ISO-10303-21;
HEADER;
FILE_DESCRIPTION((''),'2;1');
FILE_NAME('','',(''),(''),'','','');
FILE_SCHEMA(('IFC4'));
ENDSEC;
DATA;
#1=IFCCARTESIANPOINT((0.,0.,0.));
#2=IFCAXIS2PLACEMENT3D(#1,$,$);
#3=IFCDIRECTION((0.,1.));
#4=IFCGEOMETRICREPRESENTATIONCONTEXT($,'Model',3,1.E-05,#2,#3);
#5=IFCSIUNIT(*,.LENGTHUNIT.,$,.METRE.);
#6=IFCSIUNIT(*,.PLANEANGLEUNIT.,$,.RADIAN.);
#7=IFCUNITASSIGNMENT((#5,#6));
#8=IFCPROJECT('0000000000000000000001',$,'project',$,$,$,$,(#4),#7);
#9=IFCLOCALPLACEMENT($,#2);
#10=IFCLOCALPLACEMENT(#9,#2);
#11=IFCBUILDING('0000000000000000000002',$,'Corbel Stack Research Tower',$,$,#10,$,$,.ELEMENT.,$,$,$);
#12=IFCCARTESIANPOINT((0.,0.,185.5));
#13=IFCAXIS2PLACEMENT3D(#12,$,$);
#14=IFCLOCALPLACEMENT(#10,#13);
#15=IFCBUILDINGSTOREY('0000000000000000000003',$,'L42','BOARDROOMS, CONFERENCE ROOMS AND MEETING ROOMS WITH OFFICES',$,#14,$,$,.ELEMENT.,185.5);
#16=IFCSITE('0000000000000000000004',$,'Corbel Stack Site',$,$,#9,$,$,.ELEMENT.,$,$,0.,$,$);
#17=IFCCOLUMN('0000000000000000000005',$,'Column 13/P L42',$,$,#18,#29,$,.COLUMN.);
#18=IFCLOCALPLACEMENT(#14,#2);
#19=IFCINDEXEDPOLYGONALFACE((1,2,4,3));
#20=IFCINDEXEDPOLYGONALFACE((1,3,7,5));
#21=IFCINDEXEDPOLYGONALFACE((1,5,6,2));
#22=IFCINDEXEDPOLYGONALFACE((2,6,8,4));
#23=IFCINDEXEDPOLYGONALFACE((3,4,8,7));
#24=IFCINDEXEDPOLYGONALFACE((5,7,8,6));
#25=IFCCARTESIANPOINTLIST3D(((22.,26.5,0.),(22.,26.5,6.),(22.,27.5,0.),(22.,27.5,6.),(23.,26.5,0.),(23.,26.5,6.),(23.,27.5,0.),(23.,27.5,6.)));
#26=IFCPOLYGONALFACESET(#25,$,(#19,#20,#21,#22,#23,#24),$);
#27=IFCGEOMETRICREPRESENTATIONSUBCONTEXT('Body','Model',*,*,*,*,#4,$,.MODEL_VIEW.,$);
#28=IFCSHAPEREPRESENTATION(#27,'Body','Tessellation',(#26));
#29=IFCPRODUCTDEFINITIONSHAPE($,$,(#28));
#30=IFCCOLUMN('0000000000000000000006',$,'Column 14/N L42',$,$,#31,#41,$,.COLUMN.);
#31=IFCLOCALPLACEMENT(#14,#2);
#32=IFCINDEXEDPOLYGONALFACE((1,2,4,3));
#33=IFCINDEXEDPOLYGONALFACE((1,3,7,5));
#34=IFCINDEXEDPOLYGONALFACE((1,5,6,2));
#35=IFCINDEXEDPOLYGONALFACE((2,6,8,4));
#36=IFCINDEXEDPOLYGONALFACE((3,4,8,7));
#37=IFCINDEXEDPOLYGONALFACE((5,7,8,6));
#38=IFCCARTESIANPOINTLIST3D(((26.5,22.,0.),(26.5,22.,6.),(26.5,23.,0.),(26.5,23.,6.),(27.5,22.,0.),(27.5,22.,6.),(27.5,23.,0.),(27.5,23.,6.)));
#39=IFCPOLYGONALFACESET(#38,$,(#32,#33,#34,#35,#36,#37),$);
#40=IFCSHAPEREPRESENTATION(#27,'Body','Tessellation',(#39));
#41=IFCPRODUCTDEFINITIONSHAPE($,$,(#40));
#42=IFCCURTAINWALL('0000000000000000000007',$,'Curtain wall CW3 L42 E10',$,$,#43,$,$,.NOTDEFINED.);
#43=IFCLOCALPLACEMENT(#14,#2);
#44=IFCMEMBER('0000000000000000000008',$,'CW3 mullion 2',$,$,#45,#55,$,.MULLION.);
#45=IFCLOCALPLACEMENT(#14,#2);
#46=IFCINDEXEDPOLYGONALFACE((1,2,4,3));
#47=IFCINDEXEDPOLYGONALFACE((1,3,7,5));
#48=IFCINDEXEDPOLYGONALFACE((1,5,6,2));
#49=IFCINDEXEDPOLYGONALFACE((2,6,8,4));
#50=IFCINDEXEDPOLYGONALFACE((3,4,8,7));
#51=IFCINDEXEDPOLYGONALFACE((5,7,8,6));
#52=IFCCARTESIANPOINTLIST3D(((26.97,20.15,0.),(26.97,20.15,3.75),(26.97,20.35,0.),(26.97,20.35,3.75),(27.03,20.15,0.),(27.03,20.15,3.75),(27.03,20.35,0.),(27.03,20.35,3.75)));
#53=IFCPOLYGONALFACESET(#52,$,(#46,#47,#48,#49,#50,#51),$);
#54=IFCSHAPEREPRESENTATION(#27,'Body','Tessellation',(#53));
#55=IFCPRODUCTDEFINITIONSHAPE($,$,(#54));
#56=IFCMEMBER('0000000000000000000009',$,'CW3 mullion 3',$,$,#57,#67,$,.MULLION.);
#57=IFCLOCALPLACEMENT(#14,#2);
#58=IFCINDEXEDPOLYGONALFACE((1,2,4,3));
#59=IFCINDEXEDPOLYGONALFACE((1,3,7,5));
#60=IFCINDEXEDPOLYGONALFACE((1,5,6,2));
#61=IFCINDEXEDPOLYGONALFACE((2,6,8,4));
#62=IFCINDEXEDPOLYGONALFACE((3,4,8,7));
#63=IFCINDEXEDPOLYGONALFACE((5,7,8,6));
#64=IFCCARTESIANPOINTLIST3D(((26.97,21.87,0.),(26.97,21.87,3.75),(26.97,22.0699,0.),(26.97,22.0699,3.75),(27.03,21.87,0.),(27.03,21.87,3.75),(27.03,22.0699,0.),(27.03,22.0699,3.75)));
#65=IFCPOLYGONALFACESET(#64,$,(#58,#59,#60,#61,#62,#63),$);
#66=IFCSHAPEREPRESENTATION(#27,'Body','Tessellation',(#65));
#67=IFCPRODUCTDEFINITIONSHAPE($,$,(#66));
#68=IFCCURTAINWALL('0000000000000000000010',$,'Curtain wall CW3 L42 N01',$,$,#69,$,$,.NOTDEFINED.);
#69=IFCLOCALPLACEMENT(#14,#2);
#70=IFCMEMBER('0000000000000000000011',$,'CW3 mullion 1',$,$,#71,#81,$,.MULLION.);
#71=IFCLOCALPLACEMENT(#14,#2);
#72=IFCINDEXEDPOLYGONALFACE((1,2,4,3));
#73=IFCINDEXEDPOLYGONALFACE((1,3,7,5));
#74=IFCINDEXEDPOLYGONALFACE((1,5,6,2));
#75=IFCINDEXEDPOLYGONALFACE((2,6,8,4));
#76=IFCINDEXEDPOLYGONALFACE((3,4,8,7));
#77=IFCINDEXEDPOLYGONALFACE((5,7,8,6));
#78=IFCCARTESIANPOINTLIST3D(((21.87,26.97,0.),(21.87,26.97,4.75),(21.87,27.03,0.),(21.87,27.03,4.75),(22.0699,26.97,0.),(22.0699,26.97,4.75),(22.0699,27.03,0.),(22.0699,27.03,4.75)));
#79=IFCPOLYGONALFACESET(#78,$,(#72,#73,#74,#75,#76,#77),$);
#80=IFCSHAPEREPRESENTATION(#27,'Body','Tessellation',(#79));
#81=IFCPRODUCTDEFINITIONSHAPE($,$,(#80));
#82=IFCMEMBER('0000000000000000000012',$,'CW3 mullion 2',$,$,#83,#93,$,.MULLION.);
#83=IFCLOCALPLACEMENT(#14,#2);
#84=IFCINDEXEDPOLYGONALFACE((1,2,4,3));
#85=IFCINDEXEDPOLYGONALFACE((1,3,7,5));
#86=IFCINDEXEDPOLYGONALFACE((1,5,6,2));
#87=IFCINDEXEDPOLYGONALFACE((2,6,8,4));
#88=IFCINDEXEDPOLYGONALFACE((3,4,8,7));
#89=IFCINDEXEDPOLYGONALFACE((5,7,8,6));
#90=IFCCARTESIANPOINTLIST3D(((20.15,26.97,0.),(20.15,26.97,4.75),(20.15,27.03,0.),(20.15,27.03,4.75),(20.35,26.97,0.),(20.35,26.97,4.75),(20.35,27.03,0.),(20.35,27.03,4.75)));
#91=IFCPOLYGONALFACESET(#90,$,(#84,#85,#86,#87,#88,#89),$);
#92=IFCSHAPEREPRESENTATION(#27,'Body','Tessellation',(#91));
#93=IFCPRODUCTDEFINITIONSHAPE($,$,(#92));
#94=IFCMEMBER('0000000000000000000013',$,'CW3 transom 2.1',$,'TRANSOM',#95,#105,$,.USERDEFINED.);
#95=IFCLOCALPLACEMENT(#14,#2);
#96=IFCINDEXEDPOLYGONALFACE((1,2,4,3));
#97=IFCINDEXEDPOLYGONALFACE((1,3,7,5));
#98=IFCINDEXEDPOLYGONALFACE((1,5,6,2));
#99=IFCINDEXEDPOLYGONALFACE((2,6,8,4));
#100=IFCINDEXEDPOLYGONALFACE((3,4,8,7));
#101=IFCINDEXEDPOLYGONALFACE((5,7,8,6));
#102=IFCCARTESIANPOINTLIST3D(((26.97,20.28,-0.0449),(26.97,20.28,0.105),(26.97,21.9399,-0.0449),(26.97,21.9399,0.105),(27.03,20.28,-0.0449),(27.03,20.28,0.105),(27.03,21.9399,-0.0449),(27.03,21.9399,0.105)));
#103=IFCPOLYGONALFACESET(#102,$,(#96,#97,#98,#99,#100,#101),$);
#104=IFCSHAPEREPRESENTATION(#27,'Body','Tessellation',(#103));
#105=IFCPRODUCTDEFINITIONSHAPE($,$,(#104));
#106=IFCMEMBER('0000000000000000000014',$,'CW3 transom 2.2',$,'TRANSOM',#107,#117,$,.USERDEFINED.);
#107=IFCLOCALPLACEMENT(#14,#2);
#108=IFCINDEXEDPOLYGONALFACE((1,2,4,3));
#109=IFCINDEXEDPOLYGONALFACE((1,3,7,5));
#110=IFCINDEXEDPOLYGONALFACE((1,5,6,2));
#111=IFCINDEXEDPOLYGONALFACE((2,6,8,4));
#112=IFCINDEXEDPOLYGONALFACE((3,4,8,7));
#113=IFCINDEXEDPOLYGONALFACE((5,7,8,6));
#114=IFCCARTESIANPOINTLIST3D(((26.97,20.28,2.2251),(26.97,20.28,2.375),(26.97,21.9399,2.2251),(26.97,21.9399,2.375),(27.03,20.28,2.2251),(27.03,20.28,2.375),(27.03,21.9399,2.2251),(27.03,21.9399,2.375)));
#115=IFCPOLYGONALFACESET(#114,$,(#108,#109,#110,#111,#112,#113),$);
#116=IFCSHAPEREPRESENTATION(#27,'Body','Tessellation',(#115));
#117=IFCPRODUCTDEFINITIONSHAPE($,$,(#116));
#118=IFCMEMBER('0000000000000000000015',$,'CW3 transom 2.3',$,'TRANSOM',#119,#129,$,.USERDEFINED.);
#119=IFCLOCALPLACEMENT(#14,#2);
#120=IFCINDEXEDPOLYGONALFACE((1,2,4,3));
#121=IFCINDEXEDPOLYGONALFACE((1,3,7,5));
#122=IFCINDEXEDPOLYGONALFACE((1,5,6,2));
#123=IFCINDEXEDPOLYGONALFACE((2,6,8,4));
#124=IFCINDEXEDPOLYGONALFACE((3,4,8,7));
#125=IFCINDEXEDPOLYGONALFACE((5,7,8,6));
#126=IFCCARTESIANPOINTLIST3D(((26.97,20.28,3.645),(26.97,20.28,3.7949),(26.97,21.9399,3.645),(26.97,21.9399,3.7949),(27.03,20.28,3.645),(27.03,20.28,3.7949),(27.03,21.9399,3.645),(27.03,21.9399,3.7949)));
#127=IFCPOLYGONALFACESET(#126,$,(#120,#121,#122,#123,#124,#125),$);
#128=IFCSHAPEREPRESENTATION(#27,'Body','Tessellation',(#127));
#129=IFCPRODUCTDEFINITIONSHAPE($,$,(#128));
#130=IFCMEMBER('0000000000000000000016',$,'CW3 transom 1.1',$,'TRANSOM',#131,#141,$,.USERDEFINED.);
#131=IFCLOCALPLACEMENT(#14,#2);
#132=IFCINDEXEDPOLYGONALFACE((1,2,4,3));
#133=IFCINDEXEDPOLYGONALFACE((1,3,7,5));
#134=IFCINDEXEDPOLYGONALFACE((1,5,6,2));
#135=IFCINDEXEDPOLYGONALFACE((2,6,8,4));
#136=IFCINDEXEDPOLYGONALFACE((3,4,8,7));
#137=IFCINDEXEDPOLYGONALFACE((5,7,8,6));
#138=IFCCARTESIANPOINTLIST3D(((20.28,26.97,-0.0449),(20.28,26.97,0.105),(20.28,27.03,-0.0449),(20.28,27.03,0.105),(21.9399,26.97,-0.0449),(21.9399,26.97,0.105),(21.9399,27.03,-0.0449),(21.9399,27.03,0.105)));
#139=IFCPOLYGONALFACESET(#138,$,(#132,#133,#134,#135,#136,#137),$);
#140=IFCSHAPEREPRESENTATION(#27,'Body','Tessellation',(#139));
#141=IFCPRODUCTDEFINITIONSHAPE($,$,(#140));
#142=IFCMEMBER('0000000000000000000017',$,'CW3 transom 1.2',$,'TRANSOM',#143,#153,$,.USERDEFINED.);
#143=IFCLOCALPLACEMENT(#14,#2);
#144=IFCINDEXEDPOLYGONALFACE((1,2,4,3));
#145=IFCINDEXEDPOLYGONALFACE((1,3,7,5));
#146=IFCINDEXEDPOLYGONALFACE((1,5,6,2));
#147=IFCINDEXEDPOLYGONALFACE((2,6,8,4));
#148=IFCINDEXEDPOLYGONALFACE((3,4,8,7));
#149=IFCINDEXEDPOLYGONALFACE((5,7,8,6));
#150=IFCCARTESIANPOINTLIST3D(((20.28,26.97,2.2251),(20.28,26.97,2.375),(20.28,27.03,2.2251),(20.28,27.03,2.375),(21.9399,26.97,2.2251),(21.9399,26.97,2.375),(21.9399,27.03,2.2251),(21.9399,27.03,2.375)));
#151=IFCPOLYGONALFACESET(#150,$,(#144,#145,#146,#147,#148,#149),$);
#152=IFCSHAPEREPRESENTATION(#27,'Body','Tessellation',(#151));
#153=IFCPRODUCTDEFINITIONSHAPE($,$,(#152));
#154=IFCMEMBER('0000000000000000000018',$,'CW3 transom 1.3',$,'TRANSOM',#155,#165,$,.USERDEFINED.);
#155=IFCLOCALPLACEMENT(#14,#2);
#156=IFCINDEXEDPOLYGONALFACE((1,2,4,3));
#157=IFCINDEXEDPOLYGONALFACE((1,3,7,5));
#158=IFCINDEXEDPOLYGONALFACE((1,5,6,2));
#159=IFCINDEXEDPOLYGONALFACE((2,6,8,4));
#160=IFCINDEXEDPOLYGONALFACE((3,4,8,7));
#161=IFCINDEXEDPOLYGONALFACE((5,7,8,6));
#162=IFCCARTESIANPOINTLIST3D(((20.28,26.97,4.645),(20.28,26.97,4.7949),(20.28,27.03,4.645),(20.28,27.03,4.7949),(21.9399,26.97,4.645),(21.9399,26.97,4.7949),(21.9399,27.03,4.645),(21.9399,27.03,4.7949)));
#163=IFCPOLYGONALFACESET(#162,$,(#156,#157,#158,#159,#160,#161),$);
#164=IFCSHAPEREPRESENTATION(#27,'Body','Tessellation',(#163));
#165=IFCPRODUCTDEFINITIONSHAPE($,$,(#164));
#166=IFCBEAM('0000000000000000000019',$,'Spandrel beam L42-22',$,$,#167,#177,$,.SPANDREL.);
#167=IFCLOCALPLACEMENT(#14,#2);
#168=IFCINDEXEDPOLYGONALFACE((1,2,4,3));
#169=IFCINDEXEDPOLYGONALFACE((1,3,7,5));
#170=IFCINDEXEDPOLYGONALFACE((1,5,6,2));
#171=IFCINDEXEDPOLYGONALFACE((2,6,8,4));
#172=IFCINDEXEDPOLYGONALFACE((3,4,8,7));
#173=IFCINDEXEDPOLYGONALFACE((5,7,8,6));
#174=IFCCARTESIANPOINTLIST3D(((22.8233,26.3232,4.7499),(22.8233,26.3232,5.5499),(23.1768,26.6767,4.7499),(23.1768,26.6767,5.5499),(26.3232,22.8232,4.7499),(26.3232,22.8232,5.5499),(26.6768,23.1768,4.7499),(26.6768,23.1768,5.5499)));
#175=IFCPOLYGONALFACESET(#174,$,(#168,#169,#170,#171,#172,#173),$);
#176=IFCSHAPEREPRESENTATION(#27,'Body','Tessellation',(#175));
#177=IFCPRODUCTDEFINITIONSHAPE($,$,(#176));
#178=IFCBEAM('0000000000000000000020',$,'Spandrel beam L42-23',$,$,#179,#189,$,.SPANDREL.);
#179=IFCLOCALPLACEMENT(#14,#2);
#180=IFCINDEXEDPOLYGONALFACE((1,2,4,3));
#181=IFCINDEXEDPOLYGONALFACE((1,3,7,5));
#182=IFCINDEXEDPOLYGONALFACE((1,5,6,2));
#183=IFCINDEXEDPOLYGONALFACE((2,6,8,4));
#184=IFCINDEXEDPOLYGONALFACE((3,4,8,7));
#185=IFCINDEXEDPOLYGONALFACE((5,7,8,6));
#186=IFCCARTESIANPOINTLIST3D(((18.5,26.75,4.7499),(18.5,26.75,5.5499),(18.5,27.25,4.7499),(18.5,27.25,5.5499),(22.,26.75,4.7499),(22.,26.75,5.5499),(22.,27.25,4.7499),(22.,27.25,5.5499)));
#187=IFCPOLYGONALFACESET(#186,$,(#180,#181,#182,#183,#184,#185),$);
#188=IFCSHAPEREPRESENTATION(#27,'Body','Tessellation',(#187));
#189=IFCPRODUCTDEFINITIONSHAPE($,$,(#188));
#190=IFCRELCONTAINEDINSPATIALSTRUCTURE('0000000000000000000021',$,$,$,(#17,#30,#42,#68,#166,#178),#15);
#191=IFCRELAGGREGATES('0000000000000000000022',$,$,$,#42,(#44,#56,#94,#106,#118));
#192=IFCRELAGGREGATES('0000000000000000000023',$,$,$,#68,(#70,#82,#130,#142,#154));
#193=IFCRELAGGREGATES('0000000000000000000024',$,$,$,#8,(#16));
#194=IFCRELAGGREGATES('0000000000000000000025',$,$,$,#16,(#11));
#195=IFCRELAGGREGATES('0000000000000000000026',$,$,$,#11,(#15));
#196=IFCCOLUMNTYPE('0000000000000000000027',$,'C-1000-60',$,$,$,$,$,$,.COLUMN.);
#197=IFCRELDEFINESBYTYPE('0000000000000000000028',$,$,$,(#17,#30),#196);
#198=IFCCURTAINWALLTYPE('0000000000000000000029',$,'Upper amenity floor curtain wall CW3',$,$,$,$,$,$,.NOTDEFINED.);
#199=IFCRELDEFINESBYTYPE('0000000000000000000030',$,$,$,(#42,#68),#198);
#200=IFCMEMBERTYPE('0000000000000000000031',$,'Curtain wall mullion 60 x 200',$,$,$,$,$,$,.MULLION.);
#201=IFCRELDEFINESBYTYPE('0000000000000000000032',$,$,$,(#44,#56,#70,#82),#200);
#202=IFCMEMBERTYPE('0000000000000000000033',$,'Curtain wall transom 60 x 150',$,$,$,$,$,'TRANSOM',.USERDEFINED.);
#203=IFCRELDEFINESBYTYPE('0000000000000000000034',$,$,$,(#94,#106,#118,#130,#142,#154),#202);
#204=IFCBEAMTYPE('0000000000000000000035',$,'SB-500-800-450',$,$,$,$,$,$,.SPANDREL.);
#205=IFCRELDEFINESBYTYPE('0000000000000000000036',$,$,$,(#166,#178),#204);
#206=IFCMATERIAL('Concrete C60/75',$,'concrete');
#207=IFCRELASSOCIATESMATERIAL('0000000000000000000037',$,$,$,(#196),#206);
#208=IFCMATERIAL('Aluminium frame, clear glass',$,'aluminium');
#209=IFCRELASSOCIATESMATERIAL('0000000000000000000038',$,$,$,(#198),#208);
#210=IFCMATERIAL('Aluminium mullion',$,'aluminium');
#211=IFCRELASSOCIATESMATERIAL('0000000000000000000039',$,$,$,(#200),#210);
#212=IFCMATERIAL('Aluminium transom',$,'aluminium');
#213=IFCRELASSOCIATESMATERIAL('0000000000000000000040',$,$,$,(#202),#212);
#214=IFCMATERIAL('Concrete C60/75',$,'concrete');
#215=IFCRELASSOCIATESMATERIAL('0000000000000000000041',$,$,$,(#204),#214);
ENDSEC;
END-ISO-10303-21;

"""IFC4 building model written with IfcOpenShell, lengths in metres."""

from ifc_helpers import new_model, si_unit, direction, frame, origin, origin_2d, place, context, subcontext, project, spatial, rectangle, extrude, material, material_profile, profile_set, type_object, element, aggregate, save


model = new_model("IFC4")

# Units and contexts
model_context = context("Model", 3, precision=1e-05, world=origin(), true_north=direction((0.0, 1.0)))
body_context = subcontext(model_context, "Body", "Model", "MODEL_VIEW")
ifc_project = project(units=[si_unit("LENGTHUNIT", "METRE"), si_unit("PLANEANGLEUNIT", "RADIAN")], contexts=[model_context])

# Site, building, storey
site_placement = place(None, origin())
site = spatial("IfcSite", under=ifc_project, at=site_placement, Name="Corbel Stack Site", CompositionType="ELEMENT", RefElevation=0.0)
building_placement = place(site_placement, origin())
building = spatial("IfcBuilding", under=site, at=building_placement, Name="Corbel Stack Research Tower", CompositionType="ELEMENT")
storey_placement = place(building_placement, frame((0.0, 0.0, 185.5)))
storey = spatial("IfcBuildingStorey", under=building, at=storey_placement, Name="L42", Description="BOARDROOMS, CONFERENCE ROOMS AND MEETING ROOMS WITH OFFICES", CompositionType="ELEMENT", Elevation=185.5)

# Columns
ifc_material_1 = material(Name="Concrete C60/75", Category="concrete")
ifc_material_profile_1 = material_profile(ifc_material_1, rectangle(XDim=1.0, YDim=1.0, at=origin_2d()), Name="RC 1000 x 1000")
ifc_profile_set_1 = profile_set([ifc_material_profile_1], Name="Concrete C60/75")
column_type = type_object("IfcColumnType", Name="C-1000-60", PredefinedType="COLUMN", material=ifc_profile_set_1)
for number, where, z_axis, x_axis, name in (
    (1, (22.5, 27.0, 0.0), (0.0, 0.0, 1.0), (1.0, 0.0, 0.0), "Column 13/P L42"),
    (2, (27.0, 22.5, 0.0), (0.0, 0.0, 1.0), (1.0, 0.0, 0.0), "Column 14/N L42"),
):
    element("IfcColumn", number, at=place(storey_placement, frame(where, z_axis=z_axis, x_axis=x_axis)), inside=storey, type_object=column_type, Name=name, PredefinedType="COLUMN", context=body_context, shape_type="SweptSolid", body=[
        extrude(rectangle(XDim=1.0, YDim=1.0, at=origin_2d()), origin(), (0.0, 0.0, 1.0), 6.0),
    ])

# Curtain walls, members
ifc_material_2 = material(Name="Aluminium frame, clear glass", Category="aluminium")
curtain_wall_type = type_object("IfcCurtainWallType", Name="Upper amenity floor curtain wall CW3", PredefinedType="NOTDEFINED", material=ifc_material_2)
curtain_wall_1_placement = place(storey_placement, origin())
curtain_wall_1 = element("IfcCurtainWall", 3, at=curtain_wall_1_placement, inside=storey, type_object=curtain_wall_type, Name="Curtain wall CW3 L42 E10", PredefinedType="NOTDEFINED")
ifc_material_3 = material(Name="Aluminium mullion", Category="aluminium")
ifc_material_profile_2 = material_profile(ifc_material_3, rectangle(XDim=0.0601, YDim=0.2, at=origin_2d()), Name="Mullion 60 x 200")
ifc_profile_set_2 = profile_set([ifc_material_profile_2], Name="Aluminium mullion")
member_type_1 = type_object("IfcMemberType", Name="Curtain wall mullion 60 x 200", PredefinedType="MULLION", material=ifc_profile_set_2)
member_1_placement = place(storey_placement, frame((27.0, 20.25, 0.0), z_axis=(0.0, 0.0, 1.0), x_axis=(-1.0, 0.0, 0.0)))
member_1 = element("IfcMember", 4, at=member_1_placement, type_object=member_type_1, Name="CW3 mullion 2", PredefinedType="MULLION", context=body_context, shape_type="SweptSolid", body=[
    extrude(rectangle(XDim=0.0601, YDim=0.2, at=origin_2d()), origin(), (0.0, 0.0, 1.0), 3.75),
])
member_2_placement = place(storey_placement, frame((27.0, 21.97, 0.0), z_axis=(0.0, 0.0, 1.0), x_axis=(-1.0, 0.0, 0.0)))
member_2 = element("IfcMember", 5, at=member_2_placement, type_object=member_type_1, Name="CW3 mullion 3", PredefinedType="MULLION", context=body_context, shape_type="SweptSolid", body=[
    extrude(rectangle(XDim=0.0601, YDim=0.2, at=origin_2d()), origin(), (0.0, 0.0, 1.0), 3.75),
])
curtain_wall_2_placement = place(storey_placement, origin())
curtain_wall_2 = element("IfcCurtainWall", 6, at=curtain_wall_2_placement, inside=storey, type_object=curtain_wall_type, Name="Curtain wall CW3 L42 N01", PredefinedType="NOTDEFINED")
member_3_placement = place(storey_placement, frame((21.97, 27.0, 0.0), z_axis=(0.0, 0.0, 1.0), x_axis=(0.0, -1.0, 0.0)))
member_3 = element("IfcMember", 7, at=member_3_placement, type_object=member_type_1, Name="CW3 mullion 1", PredefinedType="MULLION", context=body_context, shape_type="SweptSolid", body=[
    extrude(rectangle(XDim=0.0601, YDim=0.2, at=origin_2d()), origin(), (0.0, 0.0, 1.0), 4.75),
])
member_4_placement = place(storey_placement, frame((20.25, 27.0, 0.0), z_axis=(0.0, 0.0, 1.0), x_axis=(0.0, -1.0, 0.0)))
member_4 = element("IfcMember", 8, at=member_4_placement, type_object=member_type_1, Name="CW3 mullion 2", PredefinedType="MULLION", context=body_context, shape_type="SweptSolid", body=[
    extrude(rectangle(XDim=0.0601, YDim=0.2, at=origin_2d()), origin(), (0.0, 0.0, 1.0), 4.75),
])

# Members
ifc_material_4 = material(Name="Aluminium transom", Category="aluminium")
ifc_material_profile_3 = material_profile(ifc_material_4, rectangle(XDim=0.0601, YDim=0.1499, at=origin_2d()), Name="Transom 60 x 150")
ifc_profile_set_3 = profile_set([ifc_material_profile_3], Name="Aluminium transom")
member_type_2 = type_object("IfcMemberType", Name="Curtain wall transom 60 x 150", ElementType="TRANSOM", PredefinedType="USERDEFINED", material=ifc_profile_set_3)
member_5_placement = place(storey_placement, frame((27.0, 20.28, 0.03), z_axis=(0.0, 1.0, 0.0), x_axis=(-1.0, 0.0, 0.0)))
member_5 = element("IfcMember", 9, at=member_5_placement, type_object=member_type_2, Name="CW3 transom 2.1", ObjectType="TRANSOM", PredefinedType="USERDEFINED", context=body_context, shape_type="SweptSolid", body=[
    extrude(rectangle(XDim=0.0601, YDim=0.1499, at=origin_2d()), origin(), (0.0, 0.0, 1.0), 1.6599),
])
member_6_placement = place(storey_placement, frame((27.0, 20.28, 2.3), z_axis=(0.0, 1.0, 0.0), x_axis=(-1.0, 0.0, 0.0)))
member_6 = element("IfcMember", 10, at=member_6_placement, type_object=member_type_2, Name="CW3 transom 2.2", ObjectType="TRANSOM", PredefinedType="USERDEFINED", context=body_context, shape_type="SweptSolid", body=[
    extrude(rectangle(XDim=0.0601, YDim=0.1499, at=origin_2d()), origin(), (0.0, 0.0, 1.0), 1.6599),
])
member_7_placement = place(storey_placement, frame((27.0, 20.28, 3.72), z_axis=(0.0, 1.0, 0.0), x_axis=(-1.0, 0.0, 0.0)))
member_7 = element("IfcMember", 11, at=member_7_placement, type_object=member_type_2, Name="CW3 transom 2.3", ObjectType="TRANSOM", PredefinedType="USERDEFINED", context=body_context, shape_type="SweptSolid", body=[
    extrude(rectangle(XDim=0.0601, YDim=0.1499, at=origin_2d()), origin(), (0.0, 0.0, 1.0), 1.6599),
])
member_8_placement = place(storey_placement, frame((21.9399, 27.0, 0.03), z_axis=(-1.0, 0.0, 0.0), x_axis=(0.0, -1.0, 0.0)))
member_8 = element("IfcMember", 12, at=member_8_placement, type_object=member_type_2, Name="CW3 transom 1.1", ObjectType="TRANSOM", PredefinedType="USERDEFINED", context=body_context, shape_type="SweptSolid", body=[
    extrude(rectangle(XDim=0.0601, YDim=0.1499, at=origin_2d()), origin(), (0.0, 0.0, 1.0), 1.6599),
])
member_9_placement = place(storey_placement, frame((21.9399, 27.0, 2.3), z_axis=(-1.0, 0.0, 0.0), x_axis=(0.0, -1.0, 0.0)))
member_9 = element("IfcMember", 13, at=member_9_placement, type_object=member_type_2, Name="CW3 transom 1.2", ObjectType="TRANSOM", PredefinedType="USERDEFINED", context=body_context, shape_type="SweptSolid", body=[
    extrude(rectangle(XDim=0.0601, YDim=0.1499, at=origin_2d()), origin(), (0.0, 0.0, 1.0), 1.6599),
])
member_10_placement = place(storey_placement, frame((21.9399, 27.0, 4.72), z_axis=(-1.0, 0.0, 0.0), x_axis=(0.0, -1.0, 0.0)))
member_10 = element("IfcMember", 14, at=member_10_placement, type_object=member_type_2, Name="CW3 transom 1.3", ObjectType="TRANSOM", PredefinedType="USERDEFINED", context=body_context, shape_type="SweptSolid", body=[
    extrude(rectangle(XDim=0.0601, YDim=0.1499, at=origin_2d()), origin(), (0.0, 0.0, 1.0), 1.6599),
])

# Beams
ifc_material_5 = material(Name="Concrete C60/75", Category="concrete")
ifc_material_profile_4 = material_profile(ifc_material_5, rectangle(XDim=0.5, YDim=0.8, at=origin_2d()), Name="RC 500 x 800")
ifc_profile_set_4 = profile_set([ifc_material_profile_4], Name="Concrete C60/75")
beam_type = type_object("IfcBeamType", Name="SB-500-800-450", PredefinedType="SPANDREL", material=ifc_profile_set_4)
beam_1_placement = place(storey_placement, frame((26.5, 23.0, 5.1499), z_axis=(-0.707107, 0.707107, 0.0), x_axis=(-0.707107, -0.707107, 0.0)))
element("IfcBeam", 15, at=beam_1_placement, inside=storey, type_object=beam_type, Name="Spandrel beam L42-22", PredefinedType="SPANDREL", context=body_context, shape_type="SweptSolid", body=[
    extrude(rectangle(XDim=0.5, YDim=0.8, at=origin_2d()), origin(), (0.0, 0.0, 1.0), 4.9497),
])
beam_2_placement = place(storey_placement, frame((22.0, 27.0, 5.1499), z_axis=(-1.0, 0.0, 0.0), x_axis=(0.0, -1.0, 0.0)))
element("IfcBeam", 16, at=beam_2_placement, inside=storey, type_object=beam_type, Name="Spandrel beam L42-23", PredefinedType="SPANDREL", context=body_context, shape_type="SweptSolid", body=[
    extrude(rectangle(XDim=0.5, YDim=0.8, at=origin_2d()), origin(), (0.0, 0.0, 1.0), 3.5),
])

aggregate(curtain_wall_1, [member_1, member_2, member_5, member_6, member_7])
aggregate(curtain_wall_2, [member_3, member_4, member_8, member_9, member_10])

save(model, "model.ifc")
